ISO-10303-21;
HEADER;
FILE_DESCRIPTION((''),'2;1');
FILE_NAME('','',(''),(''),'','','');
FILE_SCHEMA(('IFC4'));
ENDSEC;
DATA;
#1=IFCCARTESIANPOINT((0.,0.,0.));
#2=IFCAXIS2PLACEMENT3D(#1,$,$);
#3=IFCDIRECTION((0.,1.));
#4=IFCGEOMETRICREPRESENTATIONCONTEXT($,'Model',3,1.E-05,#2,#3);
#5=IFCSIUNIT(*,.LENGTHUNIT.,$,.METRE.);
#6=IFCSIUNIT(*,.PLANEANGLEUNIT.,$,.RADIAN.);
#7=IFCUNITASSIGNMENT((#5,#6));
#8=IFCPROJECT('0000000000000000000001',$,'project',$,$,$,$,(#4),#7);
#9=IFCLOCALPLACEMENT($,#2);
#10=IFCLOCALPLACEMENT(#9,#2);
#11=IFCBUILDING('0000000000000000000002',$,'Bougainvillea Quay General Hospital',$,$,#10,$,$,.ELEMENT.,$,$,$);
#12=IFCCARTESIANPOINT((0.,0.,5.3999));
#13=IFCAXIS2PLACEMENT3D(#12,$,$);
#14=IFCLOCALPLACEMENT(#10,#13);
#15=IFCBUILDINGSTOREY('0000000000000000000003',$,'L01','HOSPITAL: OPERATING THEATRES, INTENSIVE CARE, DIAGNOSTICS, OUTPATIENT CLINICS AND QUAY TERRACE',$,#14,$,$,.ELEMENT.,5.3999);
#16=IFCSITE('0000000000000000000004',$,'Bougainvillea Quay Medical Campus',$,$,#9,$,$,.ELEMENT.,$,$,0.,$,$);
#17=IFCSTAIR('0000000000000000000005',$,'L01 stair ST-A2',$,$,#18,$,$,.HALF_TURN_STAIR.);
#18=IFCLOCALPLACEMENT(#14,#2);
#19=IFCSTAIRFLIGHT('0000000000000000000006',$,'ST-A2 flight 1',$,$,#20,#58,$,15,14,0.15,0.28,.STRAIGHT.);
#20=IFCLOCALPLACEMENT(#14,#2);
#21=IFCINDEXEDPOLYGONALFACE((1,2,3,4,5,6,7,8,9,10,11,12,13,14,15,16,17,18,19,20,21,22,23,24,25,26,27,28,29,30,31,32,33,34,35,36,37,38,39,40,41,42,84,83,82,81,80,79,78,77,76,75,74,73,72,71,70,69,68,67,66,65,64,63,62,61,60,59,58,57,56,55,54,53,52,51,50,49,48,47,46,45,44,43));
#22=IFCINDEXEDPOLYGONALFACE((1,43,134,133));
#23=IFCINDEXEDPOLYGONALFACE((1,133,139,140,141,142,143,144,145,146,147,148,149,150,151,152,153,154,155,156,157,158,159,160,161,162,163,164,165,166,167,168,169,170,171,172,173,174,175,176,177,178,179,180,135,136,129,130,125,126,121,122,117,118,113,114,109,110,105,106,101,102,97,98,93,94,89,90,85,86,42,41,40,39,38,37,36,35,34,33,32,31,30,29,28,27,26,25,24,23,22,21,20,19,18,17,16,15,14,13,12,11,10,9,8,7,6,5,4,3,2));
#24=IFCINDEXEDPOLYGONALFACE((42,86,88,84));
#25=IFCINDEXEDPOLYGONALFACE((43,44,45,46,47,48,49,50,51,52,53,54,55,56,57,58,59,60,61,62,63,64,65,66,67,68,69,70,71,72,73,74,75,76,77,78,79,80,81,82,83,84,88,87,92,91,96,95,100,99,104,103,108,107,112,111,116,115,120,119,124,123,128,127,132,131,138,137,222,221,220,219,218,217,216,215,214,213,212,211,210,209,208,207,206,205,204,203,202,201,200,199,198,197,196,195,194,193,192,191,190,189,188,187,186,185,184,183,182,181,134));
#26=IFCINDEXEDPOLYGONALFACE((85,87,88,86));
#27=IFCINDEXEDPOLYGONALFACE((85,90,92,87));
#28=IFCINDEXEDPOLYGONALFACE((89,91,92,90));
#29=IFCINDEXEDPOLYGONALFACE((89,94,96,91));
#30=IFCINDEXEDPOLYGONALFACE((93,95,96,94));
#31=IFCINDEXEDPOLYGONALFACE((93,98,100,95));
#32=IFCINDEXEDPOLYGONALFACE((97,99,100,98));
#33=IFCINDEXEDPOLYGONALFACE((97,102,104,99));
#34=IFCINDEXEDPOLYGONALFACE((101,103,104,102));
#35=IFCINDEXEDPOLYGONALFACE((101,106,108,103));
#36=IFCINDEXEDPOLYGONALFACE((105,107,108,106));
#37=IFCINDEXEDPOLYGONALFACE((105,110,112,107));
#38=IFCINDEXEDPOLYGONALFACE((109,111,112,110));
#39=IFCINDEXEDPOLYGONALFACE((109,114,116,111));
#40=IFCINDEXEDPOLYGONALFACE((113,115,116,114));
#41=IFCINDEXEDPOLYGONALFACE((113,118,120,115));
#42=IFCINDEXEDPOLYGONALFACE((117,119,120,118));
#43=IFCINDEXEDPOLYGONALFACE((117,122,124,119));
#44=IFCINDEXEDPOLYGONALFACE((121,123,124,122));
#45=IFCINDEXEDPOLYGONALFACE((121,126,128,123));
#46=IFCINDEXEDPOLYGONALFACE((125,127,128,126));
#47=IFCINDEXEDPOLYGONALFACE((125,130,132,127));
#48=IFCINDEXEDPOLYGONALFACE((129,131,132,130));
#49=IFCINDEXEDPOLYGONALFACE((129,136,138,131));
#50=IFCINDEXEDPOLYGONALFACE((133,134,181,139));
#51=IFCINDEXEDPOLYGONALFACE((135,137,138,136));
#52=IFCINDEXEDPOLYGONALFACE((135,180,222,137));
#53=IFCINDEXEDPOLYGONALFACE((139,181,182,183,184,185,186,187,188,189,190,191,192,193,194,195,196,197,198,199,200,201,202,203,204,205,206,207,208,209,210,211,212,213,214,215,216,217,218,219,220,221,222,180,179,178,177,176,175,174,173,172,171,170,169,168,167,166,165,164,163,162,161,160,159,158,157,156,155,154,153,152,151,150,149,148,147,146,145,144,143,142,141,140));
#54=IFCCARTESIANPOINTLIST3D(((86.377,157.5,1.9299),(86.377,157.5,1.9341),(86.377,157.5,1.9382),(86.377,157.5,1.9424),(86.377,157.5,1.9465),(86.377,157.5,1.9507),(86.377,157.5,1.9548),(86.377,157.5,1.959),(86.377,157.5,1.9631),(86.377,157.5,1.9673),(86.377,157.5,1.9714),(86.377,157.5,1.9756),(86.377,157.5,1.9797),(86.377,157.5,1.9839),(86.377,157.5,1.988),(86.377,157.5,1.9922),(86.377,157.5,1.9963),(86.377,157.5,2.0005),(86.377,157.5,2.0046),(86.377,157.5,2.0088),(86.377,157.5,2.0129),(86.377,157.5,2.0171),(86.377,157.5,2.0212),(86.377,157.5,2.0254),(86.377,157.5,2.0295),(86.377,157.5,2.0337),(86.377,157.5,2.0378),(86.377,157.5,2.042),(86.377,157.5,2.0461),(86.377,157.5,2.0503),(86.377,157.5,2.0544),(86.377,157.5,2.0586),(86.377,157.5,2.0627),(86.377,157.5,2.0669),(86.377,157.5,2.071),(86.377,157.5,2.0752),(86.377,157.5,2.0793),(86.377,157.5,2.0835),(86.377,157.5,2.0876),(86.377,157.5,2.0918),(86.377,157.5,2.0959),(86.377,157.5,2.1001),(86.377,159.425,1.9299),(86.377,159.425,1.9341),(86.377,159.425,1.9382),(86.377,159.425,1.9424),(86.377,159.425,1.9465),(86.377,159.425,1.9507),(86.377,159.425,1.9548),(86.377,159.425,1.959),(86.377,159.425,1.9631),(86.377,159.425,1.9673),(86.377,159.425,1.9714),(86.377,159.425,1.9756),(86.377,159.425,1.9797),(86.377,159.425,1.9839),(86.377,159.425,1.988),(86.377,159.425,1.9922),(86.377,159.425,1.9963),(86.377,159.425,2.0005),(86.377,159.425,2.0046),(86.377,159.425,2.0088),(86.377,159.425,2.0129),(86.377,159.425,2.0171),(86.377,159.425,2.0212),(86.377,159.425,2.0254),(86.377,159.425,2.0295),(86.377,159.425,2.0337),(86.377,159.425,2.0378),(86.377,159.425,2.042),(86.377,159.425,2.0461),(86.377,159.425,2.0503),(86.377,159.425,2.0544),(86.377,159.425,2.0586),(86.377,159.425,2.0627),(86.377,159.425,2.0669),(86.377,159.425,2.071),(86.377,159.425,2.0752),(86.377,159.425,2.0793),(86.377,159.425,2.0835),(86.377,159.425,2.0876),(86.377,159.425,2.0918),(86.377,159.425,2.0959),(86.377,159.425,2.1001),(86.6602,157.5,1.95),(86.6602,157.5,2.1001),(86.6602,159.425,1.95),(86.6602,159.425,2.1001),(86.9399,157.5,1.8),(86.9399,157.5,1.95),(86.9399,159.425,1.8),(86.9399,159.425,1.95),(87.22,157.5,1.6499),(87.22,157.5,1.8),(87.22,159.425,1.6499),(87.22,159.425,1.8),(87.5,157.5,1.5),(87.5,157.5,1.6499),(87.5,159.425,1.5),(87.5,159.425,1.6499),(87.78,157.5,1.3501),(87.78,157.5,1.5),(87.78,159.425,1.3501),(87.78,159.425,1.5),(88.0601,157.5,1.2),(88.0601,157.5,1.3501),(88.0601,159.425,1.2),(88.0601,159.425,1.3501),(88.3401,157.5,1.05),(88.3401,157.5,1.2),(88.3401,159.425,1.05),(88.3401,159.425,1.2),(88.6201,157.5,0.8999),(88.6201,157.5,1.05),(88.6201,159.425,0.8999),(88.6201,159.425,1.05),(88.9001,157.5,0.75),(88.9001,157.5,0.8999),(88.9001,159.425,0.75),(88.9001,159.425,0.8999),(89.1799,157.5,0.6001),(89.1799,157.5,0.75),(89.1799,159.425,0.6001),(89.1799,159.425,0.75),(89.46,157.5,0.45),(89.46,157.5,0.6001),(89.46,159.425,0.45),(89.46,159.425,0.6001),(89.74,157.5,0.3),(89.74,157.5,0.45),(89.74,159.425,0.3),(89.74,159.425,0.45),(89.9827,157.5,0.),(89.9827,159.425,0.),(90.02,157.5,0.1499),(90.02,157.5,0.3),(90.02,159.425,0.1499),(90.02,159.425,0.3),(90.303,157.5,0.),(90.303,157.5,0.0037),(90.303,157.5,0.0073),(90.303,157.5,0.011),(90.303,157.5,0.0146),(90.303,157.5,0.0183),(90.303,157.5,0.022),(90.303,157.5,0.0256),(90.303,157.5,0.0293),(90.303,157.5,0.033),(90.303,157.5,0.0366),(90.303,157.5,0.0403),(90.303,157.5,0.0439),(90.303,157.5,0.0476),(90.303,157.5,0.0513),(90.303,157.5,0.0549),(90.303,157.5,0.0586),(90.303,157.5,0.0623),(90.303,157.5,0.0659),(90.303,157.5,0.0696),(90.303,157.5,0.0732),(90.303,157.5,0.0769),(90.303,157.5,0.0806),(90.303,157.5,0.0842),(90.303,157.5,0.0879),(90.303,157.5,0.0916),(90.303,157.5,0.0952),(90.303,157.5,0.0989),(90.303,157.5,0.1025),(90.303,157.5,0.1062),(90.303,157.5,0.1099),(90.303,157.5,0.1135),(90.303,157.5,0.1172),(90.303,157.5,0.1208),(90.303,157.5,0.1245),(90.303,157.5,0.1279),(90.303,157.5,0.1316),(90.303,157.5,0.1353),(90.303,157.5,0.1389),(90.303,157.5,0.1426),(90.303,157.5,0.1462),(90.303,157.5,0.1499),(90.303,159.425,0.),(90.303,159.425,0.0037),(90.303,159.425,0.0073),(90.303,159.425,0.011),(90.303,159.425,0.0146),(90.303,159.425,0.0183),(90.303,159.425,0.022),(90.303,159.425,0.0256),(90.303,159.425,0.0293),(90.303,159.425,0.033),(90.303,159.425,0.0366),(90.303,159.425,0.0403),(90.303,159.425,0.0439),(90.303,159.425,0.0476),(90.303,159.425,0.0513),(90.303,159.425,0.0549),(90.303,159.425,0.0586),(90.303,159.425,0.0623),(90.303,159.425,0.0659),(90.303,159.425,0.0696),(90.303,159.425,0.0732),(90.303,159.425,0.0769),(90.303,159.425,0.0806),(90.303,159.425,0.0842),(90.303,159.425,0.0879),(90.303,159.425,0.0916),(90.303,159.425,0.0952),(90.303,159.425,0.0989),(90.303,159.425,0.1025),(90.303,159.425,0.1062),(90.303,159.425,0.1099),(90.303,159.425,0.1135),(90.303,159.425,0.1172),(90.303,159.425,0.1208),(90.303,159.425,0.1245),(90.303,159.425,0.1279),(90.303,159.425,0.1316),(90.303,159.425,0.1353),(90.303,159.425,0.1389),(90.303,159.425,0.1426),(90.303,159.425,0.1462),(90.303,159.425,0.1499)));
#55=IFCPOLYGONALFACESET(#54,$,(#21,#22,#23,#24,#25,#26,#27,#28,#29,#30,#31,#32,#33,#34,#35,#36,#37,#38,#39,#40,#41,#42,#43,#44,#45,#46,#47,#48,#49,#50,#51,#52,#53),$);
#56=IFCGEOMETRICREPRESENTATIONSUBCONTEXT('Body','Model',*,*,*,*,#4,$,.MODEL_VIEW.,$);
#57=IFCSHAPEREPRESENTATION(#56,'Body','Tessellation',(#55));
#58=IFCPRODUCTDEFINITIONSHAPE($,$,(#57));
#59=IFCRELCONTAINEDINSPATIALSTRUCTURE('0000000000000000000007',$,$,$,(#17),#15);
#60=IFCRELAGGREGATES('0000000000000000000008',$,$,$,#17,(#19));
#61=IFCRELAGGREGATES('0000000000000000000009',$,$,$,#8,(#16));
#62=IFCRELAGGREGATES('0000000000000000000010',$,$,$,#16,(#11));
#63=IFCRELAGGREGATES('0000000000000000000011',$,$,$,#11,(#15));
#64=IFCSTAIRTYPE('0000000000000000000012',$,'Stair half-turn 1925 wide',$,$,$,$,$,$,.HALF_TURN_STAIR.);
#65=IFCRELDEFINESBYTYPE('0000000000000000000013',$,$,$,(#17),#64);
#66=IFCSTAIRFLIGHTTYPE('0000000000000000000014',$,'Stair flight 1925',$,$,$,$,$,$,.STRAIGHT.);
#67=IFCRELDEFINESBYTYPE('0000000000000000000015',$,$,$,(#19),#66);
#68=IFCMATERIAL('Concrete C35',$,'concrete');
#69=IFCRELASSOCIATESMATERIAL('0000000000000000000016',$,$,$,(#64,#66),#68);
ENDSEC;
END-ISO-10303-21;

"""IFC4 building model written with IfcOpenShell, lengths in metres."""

from ifc_helpers import new_model, si_unit, direction, frame, origin, place, context, subcontext, project, spatial, polyline, outline, extrude, material, type_object, element, aggregate, save


model = new_model("IFC4")

# Units and contexts
model_context = context("Model", 3, precision=1e-05, world=origin(), true_north=direction((0.0, 1.0)))
body_context = subcontext(model_context, "Body", "Model", "MODEL_VIEW")
ifc_project = project(units=[si_unit("LENGTHUNIT", "METRE"), si_unit("PLANEANGLEUNIT", "RADIAN")], contexts=[model_context])

# Site, building, storey
site_placement = place(None, origin())
site = spatial("IfcSite", under=ifc_project, at=site_placement, Name="Bougainvillea Quay Medical Campus", CompositionType="ELEMENT", RefElevation=0.0)
building_placement = place(site_placement, origin())
building = spatial("IfcBuilding", under=site, at=building_placement, Name="Bougainvillea Quay General Hospital", CompositionType="ELEMENT")
storey_placement = place(building_placement, frame((0.0, 0.0, 5.3999)))
storey = spatial("IfcBuildingStorey", under=building, at=storey_placement, Name="L01", Description="HOSPITAL: OPERATING THEATRES, INTENSIVE CARE, DIAGNOSTICS, OUTPATIENT CLINICS AND QUAY TERRACE", CompositionType="ELEMENT", Elevation=5.3999)

# Stair, stair flight
ifc_material_1 = material(Name="Concrete C35", Category="concrete")
stair_type = type_object("IfcStairType", Name="Stair half-turn 1925 wide", PredefinedType="HALF_TURN_STAIR", material=ifc_material_1)
stair_placement = place(storey_placement, origin())
stair = element("IfcStair", 1, at=stair_placement, inside=storey, type_object=stair_type, Name="L01 stair ST-A2", PredefinedType="HALF_TURN_STAIR")
stair_flight_type = type_object("IfcStairFlightType", Name="Stair flight 1925", PredefinedType="STRAIGHT", material=ifc_material_1)
stair_flight_1_placement = place(storey_placement, frame((90.3, 158.4624, 0.0), z_axis=(0.0, 0.0, 1.0), x_axis=(-1.0, 0.0, 0.0)))
stair_flight_1 = element("IfcStairFlight", 2, at=stair_flight_1_placement, type_object=stair_flight_type, Name="ST-A2 flight 1", NumberOfRisers=15, NumberOfTreads=14, PredefinedType="STRAIGHT", RiserHeight=0.15, TreadLength=0.28, context=body_context, shape_type="SweptSolid", body=[
    extrude(outline(polyline([(-0.0029, 0.0), (-0.0029, 0.0037), (-0.0029, 0.0073), (-0.0029, 0.011), (-0.0029, 0.0146), (-0.0029, 0.0183), (-0.0029, 0.022), (-0.0029, 0.0256), (-0.0029, 0.0293), (-0.0029, 0.033), (-0.0029, 0.0366), (-0.0029, 0.0403), (-0.0029, 0.0439), (-0.0029, 0.0476), (-0.0029, 0.0513), (-0.0029, 0.0549), (-0.0029, 0.0586), (-0.0029, 0.0623), (-0.0029, 0.0659), (-0.0029, 0.0696), (-0.0029, 0.0732), (-0.0029, 0.0769), (-0.0029, 0.0806), (-0.0029, 0.0842), (-0.0029, 0.0879), (-0.0029, 0.0916), (-0.0029, 0.0952), (-0.0029, 0.0989), (-0.0029, 0.1025), (-0.0029, 0.1062), (-0.0029, 0.1099), (-0.0029, 0.1135), (-0.0029, 0.1172), (-0.0029, 0.1208), (-0.0029, 0.1245), (-0.0029, 0.1279), (-0.0029, 0.1316), (-0.0029, 0.1353), (-0.0029, 0.1389), (-0.0029, 0.1426), (-0.0029, 0.1462), (-0.0029, 0.1499), (0.28, 0.1499), (0.28, 0.3), (0.5601, 0.3), (0.5601, 0.45), (0.8401, 0.45), (0.8401, 0.6001), (1.1201, 0.6001), (1.1201, 0.75), (1.3999, 0.75), (1.3999, 0.8999), (1.6799, 0.8999), (1.6799, 1.05), (1.96, 1.05), (1.96, 1.2), (2.24, 1.2), (2.24, 1.3501), (2.52, 1.3501), (2.52, 1.5), (2.8, 1.5), (2.8, 1.6499), (3.0801, 1.6499), (3.0801, 1.8), (3.3601, 1.8), (3.3601, 1.95), (3.6399, 1.95), (3.6399, 2.1001), (3.9231, 2.1001), (3.9231, 2.0959), (3.9231, 2.0918), (3.9231, 2.0876), (3.9231, 2.0835), (3.9231, 2.0793), (3.9231, 2.0752), (3.9231, 2.071), (3.9231, 2.0669), (3.9231, 2.0627), (3.9231, 2.0586), (3.9231, 2.0544), (3.9231, 2.0503), (3.9231, 2.0461), (3.9231, 2.042), (3.9231, 2.0378), (3.9231, 2.0337), (3.9231, 2.0295), (3.9231, 2.0254), (3.9231, 2.0212), (3.9231, 2.0171), (3.9231, 2.0129), (3.9231, 2.0088), (3.9231, 2.0046), (3.9231, 2.0005), (3.9231, 1.9963), (3.9231, 1.9922), (3.9231, 1.988), (3.9231, 1.9839), (3.9231, 1.9797), (3.9231, 1.9756), (3.9231, 1.9714), (3.9231, 1.9673), (3.9231, 1.9631), (3.9231, 1.959), (3.9231, 1.9548), (3.9231, 1.9507), (3.9231, 1.9465), (3.9231, 1.9424), (3.9231, 1.9382), (3.9231, 1.9341), (3.9231, 1.9299), (0.3174, 0.0), (-0.0029, 0.0)])), frame((0.0, 0.9624, 0.0), z_axis=(0.0, -1.0, 0.0), x_axis=(1.0, 0.0, 0.0)), (0.0, 0.0, 1.0), 1.925),
])
aggregate(stair, [stair_flight_1])

save(model, "model.ifc")
